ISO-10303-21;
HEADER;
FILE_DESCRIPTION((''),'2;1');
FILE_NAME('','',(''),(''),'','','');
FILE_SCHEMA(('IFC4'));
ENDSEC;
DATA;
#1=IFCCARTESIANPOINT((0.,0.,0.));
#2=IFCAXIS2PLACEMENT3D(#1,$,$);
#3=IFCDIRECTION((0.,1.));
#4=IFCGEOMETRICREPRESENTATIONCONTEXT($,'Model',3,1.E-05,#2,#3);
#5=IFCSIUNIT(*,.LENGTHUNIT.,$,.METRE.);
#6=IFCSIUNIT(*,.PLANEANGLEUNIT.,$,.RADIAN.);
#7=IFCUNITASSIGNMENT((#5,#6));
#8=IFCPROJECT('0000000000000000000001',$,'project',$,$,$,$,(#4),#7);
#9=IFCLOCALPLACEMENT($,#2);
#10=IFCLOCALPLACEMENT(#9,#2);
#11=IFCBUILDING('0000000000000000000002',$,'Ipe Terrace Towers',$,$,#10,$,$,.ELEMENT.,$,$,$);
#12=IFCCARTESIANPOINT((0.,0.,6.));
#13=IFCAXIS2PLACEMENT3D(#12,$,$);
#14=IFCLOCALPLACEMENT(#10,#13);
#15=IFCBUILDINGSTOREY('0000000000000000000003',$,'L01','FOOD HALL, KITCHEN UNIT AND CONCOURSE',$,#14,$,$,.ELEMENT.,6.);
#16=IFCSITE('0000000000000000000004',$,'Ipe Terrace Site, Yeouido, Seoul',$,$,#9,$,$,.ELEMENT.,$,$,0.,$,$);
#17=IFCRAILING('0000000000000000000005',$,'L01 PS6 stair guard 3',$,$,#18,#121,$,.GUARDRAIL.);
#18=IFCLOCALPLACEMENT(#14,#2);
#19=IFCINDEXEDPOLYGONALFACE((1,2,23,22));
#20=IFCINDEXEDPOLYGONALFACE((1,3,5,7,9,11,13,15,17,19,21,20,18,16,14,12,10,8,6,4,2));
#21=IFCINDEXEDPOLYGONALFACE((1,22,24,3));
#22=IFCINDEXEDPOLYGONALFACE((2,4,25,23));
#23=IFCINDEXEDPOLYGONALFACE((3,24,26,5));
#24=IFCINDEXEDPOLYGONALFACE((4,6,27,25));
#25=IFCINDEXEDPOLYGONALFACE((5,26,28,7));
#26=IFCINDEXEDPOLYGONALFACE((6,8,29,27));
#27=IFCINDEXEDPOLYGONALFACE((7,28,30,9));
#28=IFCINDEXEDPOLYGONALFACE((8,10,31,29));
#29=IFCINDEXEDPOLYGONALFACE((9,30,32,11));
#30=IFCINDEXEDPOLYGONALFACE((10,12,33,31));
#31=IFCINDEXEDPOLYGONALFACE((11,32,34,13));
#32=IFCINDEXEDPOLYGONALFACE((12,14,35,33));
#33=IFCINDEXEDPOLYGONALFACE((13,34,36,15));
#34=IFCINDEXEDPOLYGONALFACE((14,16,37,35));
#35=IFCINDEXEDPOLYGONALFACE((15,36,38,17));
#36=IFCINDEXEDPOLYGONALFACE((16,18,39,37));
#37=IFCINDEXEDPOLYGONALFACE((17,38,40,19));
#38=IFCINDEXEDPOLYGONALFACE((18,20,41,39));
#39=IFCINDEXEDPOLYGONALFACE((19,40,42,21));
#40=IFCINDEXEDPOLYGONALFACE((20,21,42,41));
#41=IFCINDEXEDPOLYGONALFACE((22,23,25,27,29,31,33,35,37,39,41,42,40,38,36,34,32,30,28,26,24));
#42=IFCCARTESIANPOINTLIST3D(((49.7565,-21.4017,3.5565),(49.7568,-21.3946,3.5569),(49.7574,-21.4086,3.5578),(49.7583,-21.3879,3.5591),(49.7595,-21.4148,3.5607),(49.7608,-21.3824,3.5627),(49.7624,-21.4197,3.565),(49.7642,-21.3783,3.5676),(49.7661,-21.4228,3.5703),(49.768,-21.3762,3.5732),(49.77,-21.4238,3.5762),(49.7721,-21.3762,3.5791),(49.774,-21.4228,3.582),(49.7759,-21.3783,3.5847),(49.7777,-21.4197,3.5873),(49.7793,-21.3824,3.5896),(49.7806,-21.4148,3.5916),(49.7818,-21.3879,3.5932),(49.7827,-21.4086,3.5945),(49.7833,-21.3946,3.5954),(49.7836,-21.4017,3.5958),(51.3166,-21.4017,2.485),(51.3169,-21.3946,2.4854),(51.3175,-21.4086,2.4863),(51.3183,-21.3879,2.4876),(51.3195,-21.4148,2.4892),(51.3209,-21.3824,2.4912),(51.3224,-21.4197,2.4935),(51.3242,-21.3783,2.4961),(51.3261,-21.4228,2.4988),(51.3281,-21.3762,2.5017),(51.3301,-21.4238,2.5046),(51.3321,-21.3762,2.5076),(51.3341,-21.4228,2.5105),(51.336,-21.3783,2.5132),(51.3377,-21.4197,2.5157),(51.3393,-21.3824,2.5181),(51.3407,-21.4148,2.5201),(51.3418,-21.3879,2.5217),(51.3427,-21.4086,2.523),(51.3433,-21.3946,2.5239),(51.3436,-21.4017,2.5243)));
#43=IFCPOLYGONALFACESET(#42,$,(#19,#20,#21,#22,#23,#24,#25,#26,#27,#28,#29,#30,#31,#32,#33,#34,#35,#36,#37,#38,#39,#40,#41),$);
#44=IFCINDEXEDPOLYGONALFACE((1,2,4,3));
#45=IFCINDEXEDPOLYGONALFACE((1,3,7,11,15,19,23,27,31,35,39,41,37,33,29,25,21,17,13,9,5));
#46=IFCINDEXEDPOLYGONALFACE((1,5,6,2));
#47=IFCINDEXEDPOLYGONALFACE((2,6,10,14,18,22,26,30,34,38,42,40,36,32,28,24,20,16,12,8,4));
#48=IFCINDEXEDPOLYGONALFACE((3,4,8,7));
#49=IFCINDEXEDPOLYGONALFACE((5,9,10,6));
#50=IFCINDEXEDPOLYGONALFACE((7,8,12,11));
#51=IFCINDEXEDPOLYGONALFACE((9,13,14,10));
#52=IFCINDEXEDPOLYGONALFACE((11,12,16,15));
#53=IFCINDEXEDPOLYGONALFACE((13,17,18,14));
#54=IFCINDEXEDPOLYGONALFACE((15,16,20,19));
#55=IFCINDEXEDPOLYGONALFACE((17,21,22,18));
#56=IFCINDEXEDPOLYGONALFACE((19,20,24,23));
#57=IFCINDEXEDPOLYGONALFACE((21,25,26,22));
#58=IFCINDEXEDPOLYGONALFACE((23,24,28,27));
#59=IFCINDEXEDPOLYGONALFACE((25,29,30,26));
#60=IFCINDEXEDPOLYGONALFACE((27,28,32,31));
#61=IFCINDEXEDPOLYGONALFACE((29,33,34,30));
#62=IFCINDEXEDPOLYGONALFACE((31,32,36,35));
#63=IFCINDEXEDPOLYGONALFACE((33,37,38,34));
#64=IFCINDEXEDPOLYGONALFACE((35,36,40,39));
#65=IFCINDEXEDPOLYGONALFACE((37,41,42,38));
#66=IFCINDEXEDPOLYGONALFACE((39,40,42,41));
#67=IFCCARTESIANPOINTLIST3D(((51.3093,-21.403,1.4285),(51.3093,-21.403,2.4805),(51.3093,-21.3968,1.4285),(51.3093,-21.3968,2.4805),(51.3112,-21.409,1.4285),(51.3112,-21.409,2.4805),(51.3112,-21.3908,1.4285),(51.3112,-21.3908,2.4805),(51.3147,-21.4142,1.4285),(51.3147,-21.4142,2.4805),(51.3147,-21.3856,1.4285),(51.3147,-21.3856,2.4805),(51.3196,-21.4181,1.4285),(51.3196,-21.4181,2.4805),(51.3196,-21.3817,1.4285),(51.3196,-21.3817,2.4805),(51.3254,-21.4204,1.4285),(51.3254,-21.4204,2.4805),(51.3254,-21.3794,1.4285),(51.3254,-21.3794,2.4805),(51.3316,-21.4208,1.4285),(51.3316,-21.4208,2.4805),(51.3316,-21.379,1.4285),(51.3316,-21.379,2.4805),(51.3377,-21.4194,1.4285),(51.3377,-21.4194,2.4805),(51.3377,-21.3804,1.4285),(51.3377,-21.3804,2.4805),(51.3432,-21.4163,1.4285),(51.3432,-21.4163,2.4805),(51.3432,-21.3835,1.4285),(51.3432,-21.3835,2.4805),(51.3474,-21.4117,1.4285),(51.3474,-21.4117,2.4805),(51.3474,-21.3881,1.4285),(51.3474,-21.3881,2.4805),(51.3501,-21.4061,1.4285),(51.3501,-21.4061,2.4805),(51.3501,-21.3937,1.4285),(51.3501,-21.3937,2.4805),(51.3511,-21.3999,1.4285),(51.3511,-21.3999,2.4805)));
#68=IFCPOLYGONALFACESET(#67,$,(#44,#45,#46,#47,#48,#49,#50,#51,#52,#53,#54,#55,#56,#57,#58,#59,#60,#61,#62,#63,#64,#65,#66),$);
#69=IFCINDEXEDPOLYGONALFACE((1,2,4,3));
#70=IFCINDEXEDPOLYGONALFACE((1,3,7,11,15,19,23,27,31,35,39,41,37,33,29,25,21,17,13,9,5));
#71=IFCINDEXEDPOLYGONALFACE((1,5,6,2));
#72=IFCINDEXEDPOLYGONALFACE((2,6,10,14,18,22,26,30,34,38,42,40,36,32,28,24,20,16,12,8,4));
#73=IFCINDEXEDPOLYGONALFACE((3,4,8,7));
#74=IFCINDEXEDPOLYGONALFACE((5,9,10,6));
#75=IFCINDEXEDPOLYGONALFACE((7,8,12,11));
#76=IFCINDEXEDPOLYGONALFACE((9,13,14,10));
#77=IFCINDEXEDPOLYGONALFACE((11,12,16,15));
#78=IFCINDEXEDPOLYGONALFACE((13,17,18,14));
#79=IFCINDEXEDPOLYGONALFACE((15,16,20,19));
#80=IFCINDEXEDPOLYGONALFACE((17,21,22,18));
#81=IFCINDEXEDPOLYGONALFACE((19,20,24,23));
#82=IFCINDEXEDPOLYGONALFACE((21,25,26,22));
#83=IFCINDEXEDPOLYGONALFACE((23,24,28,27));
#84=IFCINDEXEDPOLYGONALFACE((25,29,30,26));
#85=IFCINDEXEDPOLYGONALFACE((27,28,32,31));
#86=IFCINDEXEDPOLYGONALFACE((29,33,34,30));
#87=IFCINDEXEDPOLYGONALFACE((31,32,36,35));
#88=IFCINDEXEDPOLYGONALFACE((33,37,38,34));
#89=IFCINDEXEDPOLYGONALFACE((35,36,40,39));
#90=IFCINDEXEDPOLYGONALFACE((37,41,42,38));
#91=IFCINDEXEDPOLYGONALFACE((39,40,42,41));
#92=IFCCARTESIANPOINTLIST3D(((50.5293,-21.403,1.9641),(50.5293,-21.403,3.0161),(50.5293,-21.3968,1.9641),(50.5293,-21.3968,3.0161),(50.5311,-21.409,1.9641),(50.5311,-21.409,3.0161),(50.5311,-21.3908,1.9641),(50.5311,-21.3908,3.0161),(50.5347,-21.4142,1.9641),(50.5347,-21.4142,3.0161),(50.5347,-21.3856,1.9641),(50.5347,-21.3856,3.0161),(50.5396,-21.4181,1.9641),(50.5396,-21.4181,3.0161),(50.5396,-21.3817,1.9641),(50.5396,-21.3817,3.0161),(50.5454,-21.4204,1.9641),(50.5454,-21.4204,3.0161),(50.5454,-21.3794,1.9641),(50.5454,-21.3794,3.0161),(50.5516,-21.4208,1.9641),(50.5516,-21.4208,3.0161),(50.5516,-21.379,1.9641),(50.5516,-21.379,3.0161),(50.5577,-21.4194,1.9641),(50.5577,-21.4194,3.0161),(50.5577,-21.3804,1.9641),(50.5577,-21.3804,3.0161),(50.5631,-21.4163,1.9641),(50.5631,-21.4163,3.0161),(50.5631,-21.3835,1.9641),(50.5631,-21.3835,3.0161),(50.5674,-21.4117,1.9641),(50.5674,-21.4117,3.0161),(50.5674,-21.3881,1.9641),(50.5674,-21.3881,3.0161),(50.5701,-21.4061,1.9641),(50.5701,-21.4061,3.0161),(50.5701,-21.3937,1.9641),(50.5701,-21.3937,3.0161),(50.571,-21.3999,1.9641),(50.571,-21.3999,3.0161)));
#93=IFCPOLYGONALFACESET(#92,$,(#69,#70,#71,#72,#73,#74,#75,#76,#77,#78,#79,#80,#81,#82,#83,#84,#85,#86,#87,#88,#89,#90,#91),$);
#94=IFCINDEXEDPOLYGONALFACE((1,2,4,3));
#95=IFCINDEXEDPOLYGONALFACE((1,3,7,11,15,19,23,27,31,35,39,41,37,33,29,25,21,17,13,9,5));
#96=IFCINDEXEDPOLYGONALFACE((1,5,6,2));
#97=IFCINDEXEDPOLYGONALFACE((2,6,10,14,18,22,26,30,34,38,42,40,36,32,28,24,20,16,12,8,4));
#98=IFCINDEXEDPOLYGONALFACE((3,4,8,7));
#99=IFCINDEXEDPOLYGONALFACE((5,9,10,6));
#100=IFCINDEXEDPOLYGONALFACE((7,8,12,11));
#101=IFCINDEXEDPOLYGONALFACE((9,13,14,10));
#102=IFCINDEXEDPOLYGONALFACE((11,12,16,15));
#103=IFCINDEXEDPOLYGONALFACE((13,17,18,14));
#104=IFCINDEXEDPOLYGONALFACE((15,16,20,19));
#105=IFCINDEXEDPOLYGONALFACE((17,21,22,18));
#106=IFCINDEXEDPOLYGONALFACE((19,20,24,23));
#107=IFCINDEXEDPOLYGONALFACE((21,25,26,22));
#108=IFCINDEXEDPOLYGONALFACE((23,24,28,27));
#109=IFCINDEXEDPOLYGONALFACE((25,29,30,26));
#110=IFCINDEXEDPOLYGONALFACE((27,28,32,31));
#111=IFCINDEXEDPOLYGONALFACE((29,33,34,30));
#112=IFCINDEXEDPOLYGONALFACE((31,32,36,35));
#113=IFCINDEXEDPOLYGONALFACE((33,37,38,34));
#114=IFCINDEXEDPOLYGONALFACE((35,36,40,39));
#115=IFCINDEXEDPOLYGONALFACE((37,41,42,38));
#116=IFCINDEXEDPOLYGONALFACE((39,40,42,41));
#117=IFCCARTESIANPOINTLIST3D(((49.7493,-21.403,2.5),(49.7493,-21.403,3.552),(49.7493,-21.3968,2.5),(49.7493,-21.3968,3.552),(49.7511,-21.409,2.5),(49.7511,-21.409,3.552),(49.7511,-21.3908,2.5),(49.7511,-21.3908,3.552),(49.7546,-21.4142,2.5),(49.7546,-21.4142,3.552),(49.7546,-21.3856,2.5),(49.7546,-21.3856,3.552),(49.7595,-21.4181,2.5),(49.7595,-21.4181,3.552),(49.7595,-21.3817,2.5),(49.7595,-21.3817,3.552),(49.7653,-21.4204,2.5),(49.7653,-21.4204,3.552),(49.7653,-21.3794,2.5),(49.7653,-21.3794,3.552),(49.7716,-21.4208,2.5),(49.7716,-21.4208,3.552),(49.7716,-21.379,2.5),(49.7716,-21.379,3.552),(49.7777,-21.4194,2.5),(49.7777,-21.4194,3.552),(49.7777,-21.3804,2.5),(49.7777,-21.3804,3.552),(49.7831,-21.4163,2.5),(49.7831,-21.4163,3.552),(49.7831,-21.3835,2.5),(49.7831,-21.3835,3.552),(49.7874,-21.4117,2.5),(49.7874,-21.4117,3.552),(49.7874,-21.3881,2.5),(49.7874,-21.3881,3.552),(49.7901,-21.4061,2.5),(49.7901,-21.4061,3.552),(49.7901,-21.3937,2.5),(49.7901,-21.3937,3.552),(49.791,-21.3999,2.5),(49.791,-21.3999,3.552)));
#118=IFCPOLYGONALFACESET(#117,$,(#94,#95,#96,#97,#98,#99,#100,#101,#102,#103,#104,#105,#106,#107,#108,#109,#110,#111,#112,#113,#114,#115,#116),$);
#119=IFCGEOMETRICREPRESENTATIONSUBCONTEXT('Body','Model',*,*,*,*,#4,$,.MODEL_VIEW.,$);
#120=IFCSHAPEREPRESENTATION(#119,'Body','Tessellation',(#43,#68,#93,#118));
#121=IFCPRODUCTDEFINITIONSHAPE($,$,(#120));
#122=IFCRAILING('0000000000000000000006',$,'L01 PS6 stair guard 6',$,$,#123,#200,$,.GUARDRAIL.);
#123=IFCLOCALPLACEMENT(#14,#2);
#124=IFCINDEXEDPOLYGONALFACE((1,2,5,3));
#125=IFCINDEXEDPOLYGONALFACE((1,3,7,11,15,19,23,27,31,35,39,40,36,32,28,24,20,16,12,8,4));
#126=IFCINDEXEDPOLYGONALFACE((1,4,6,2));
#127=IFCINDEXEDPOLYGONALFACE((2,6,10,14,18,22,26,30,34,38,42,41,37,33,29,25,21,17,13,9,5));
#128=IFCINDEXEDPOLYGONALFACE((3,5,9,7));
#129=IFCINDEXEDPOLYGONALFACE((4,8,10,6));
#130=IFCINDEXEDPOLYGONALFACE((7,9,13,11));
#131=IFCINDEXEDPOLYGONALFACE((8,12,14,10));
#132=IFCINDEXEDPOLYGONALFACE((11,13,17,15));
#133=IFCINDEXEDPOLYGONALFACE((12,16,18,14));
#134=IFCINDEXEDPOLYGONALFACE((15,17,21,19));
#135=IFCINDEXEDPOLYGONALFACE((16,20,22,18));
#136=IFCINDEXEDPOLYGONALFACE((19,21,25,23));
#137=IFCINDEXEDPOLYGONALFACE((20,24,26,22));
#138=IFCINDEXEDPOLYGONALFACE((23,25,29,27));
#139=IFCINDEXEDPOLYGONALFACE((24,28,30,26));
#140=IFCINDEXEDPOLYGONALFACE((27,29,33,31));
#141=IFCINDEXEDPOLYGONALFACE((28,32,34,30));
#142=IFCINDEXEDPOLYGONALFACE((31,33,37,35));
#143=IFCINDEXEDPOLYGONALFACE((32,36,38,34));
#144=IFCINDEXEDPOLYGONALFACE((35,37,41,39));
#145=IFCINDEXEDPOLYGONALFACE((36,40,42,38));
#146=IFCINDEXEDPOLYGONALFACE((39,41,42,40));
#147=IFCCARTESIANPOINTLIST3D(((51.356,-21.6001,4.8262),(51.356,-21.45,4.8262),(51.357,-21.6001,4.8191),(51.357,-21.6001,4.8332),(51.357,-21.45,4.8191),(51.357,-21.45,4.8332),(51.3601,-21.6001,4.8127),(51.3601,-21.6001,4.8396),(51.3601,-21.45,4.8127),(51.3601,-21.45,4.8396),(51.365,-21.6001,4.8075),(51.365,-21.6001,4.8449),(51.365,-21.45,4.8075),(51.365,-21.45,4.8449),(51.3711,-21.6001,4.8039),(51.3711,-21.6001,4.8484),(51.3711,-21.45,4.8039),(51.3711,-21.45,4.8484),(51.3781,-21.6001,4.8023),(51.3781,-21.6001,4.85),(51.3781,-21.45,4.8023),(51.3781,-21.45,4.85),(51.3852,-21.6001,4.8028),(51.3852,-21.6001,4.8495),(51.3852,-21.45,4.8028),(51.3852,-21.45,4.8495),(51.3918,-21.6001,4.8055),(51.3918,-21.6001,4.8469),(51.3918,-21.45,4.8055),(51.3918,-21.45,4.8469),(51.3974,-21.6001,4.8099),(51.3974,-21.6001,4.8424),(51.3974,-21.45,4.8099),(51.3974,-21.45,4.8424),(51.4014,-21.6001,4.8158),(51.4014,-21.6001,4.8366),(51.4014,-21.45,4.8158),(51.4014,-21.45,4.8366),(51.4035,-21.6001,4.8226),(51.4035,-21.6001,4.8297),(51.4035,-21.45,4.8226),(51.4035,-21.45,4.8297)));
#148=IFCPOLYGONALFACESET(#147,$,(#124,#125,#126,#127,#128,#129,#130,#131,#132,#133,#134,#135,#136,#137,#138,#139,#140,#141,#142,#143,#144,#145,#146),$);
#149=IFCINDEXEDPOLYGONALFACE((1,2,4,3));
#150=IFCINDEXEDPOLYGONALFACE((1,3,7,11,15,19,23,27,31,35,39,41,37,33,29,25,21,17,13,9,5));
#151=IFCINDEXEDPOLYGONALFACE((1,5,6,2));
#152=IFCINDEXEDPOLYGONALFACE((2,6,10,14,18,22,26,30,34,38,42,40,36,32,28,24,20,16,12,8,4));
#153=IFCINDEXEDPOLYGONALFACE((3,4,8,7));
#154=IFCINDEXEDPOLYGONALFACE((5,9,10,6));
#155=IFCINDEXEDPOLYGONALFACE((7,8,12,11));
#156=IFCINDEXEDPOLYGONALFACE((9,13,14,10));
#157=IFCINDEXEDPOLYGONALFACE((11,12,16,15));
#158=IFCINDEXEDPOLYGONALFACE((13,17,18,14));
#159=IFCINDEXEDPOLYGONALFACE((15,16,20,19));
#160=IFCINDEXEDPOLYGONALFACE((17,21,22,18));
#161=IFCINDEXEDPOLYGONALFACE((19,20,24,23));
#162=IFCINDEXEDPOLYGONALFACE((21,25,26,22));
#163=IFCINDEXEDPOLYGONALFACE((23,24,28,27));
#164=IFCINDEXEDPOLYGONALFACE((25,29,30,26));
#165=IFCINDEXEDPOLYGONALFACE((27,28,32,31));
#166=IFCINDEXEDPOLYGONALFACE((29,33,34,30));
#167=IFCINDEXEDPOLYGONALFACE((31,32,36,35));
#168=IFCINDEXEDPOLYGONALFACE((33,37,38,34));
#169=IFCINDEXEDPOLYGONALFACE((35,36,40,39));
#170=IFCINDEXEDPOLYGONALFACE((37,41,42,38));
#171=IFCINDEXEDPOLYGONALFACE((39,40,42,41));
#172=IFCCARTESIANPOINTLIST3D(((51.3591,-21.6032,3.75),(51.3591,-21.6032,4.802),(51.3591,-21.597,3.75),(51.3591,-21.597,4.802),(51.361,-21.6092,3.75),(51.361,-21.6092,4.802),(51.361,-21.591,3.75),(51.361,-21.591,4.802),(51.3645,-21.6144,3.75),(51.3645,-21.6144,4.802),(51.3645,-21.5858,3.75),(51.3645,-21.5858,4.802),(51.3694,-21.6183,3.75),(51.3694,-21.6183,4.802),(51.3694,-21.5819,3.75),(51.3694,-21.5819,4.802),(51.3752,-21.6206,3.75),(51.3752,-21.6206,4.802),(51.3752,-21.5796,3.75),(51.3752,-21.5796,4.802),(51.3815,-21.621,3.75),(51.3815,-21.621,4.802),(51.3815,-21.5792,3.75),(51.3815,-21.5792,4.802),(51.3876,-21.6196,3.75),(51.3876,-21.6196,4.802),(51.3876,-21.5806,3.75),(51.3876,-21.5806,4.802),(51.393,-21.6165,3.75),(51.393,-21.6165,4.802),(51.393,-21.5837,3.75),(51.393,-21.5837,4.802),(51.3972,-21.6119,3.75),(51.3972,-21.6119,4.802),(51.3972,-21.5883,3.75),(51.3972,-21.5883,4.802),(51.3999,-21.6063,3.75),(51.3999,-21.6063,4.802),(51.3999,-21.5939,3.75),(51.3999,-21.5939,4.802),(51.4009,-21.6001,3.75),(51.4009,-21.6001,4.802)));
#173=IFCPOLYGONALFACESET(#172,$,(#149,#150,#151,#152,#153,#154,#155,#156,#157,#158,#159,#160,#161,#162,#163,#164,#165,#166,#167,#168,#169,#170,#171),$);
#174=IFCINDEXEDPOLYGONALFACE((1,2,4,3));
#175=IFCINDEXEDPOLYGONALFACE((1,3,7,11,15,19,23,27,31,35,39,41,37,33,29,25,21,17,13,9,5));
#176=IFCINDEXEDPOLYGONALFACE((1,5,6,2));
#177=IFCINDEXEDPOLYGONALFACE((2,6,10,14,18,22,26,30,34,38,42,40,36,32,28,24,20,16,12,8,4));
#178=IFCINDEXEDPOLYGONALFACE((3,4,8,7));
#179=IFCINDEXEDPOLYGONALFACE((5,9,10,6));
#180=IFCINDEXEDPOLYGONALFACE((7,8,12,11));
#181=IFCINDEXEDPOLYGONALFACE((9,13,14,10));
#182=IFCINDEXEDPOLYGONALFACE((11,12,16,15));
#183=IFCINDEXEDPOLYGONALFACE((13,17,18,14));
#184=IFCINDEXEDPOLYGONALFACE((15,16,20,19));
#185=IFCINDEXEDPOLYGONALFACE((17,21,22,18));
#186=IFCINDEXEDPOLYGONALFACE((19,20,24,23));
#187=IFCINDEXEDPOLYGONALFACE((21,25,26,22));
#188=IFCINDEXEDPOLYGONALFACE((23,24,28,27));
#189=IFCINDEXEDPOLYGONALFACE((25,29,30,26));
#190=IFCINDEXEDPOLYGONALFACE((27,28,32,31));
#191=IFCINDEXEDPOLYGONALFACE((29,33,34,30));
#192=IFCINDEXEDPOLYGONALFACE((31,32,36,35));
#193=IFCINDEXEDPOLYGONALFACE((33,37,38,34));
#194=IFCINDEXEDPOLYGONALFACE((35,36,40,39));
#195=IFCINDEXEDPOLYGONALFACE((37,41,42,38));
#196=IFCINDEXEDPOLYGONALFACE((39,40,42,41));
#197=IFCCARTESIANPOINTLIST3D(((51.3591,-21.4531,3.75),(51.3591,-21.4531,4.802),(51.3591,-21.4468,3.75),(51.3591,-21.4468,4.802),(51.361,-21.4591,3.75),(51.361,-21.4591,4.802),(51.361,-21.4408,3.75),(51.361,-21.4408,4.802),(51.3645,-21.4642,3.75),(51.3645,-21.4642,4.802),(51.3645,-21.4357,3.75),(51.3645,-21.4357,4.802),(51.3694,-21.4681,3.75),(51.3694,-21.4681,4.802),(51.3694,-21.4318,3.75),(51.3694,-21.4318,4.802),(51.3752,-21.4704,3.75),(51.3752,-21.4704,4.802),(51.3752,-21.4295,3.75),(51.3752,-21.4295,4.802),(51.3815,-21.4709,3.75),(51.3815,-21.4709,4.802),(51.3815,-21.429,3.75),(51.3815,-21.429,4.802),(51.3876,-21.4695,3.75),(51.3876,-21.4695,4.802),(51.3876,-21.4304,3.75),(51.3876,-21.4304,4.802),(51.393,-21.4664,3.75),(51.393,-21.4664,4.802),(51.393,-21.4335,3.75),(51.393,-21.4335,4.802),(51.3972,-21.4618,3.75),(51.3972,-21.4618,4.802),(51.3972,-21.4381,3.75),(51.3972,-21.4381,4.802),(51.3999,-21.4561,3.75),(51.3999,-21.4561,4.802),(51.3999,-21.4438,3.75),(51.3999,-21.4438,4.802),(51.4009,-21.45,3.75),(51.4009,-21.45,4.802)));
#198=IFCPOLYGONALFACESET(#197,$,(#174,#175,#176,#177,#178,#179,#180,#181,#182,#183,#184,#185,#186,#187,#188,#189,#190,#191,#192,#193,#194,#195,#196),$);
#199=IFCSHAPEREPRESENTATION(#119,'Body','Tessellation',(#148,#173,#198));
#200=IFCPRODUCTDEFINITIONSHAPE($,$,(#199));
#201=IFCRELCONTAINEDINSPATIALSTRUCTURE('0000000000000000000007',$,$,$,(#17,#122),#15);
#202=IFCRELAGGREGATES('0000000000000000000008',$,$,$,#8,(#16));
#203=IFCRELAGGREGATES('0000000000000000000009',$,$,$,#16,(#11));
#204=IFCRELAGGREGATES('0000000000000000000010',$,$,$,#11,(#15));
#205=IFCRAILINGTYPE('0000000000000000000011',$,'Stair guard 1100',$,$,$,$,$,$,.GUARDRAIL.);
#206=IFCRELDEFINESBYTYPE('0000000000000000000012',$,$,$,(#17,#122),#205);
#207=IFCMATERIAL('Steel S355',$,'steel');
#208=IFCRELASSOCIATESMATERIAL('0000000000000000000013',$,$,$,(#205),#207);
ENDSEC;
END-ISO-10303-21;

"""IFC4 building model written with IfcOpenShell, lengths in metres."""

from ifc_helpers import new_model, si_unit, direction, frame, origin, origin_2d, place, context, subcontext, project, spatial, circle, extrude, material, type_object, element, save


model = new_model("IFC4")

# Units and contexts
model_context = context("Model", 3, precision=1e-05, world=origin(), true_north=direction((0.0, 1.0)))
body_context = subcontext(model_context, "Body", "Model", "MODEL_VIEW")
ifc_project = project(units=[si_unit("LENGTHUNIT", "METRE"), si_unit("PLANEANGLEUNIT", "RADIAN")], contexts=[model_context])

# Site, building, storey
site_placement = place(None, origin())
site = spatial("IfcSite", under=ifc_project, at=site_placement, Name="Ipe Terrace Site, Yeouido, Seoul", CompositionType="ELEMENT", RefElevation=0.0)
building_placement = place(site_placement, origin())
building = spatial("IfcBuilding", under=site, at=building_placement, Name="Ipe Terrace Towers", CompositionType="ELEMENT")
storey_placement = place(building_placement, frame((0.0, 0.0, 6.0)))
storey = spatial("IfcBuildingStorey", under=building, at=storey_placement, Name="L01", Description="FOOD HALL, KITCHEN UNIT AND CONCOURSE", CompositionType="ELEMENT", Elevation=6.0)

# Railings
ifc_material_1 = material(Name="Steel S355", Category="steel")
railing_type_1 = type_object("IfcRailingType", Name="Stair guard 1100", PredefinedType="GUARDRAIL", material=ifc_material_1)
railing_1_placement = place(storey_placement, frame((51.3301, -21.3999, 1.4285)))
element("IfcRailing", 1, at=railing_1_placement, inside=storey, type_object=railing_type_1, Name="L01 PS6 stair guard 3", PredefinedType="GUARDRAIL", context=body_context, shape_type="SweptSolid", body=[
    extrude(circle(Radius=0.0239, at=origin_2d()), frame((0.0, 0.0, 1.0762), z_axis=(-0.82429, 0.0, 0.566167), x_axis=(0.0, -1.0, 0.0)), (0.0, 0.0, 1.0), 1.8926),
    extrude(circle(Radius=0.021, at=origin_2d()), origin(), (0.0, 0.0, 1.0), 1.052),
    extrude(circle(Radius=0.021, at=origin_2d()), frame((-0.78, 0.0, 0.5356)), (0.0, 0.0, 1.0), 1.052),
    extrude(circle(Radius=0.021, at=origin_2d()), frame((-1.5601, 0.0, 1.0715)), (0.0, 0.0, 1.0), 1.052),
])
railing_2_placement = place(storey_placement, frame((51.3799, -21.6001, 3.75)))
element("IfcRailing", 2, at=railing_2_placement, inside=storey, type_object=railing_type_1, Name="L01 PS6 stair guard 6", PredefinedType="GUARDRAIL", context=body_context, shape_type="SweptSolid", body=[
    extrude(circle(Radius=0.0239, at=origin_2d()), frame((0.0, 0.0, 1.0762), z_axis=(0.0, 1.0, 0.0), x_axis=(-1.0, 0.0, 0.0)), (0.0, 0.0, 1.0), 0.1501),
    extrude(circle(Radius=0.021, at=origin_2d()), origin(), (0.0, 0.0, 1.0), 1.052),
    extrude(circle(Radius=0.021, at=origin_2d()), frame((0.0, 0.1501, 0.0)), (0.0, 0.0, 1.0), 1.052),
])

save(model, "model.ifc")
